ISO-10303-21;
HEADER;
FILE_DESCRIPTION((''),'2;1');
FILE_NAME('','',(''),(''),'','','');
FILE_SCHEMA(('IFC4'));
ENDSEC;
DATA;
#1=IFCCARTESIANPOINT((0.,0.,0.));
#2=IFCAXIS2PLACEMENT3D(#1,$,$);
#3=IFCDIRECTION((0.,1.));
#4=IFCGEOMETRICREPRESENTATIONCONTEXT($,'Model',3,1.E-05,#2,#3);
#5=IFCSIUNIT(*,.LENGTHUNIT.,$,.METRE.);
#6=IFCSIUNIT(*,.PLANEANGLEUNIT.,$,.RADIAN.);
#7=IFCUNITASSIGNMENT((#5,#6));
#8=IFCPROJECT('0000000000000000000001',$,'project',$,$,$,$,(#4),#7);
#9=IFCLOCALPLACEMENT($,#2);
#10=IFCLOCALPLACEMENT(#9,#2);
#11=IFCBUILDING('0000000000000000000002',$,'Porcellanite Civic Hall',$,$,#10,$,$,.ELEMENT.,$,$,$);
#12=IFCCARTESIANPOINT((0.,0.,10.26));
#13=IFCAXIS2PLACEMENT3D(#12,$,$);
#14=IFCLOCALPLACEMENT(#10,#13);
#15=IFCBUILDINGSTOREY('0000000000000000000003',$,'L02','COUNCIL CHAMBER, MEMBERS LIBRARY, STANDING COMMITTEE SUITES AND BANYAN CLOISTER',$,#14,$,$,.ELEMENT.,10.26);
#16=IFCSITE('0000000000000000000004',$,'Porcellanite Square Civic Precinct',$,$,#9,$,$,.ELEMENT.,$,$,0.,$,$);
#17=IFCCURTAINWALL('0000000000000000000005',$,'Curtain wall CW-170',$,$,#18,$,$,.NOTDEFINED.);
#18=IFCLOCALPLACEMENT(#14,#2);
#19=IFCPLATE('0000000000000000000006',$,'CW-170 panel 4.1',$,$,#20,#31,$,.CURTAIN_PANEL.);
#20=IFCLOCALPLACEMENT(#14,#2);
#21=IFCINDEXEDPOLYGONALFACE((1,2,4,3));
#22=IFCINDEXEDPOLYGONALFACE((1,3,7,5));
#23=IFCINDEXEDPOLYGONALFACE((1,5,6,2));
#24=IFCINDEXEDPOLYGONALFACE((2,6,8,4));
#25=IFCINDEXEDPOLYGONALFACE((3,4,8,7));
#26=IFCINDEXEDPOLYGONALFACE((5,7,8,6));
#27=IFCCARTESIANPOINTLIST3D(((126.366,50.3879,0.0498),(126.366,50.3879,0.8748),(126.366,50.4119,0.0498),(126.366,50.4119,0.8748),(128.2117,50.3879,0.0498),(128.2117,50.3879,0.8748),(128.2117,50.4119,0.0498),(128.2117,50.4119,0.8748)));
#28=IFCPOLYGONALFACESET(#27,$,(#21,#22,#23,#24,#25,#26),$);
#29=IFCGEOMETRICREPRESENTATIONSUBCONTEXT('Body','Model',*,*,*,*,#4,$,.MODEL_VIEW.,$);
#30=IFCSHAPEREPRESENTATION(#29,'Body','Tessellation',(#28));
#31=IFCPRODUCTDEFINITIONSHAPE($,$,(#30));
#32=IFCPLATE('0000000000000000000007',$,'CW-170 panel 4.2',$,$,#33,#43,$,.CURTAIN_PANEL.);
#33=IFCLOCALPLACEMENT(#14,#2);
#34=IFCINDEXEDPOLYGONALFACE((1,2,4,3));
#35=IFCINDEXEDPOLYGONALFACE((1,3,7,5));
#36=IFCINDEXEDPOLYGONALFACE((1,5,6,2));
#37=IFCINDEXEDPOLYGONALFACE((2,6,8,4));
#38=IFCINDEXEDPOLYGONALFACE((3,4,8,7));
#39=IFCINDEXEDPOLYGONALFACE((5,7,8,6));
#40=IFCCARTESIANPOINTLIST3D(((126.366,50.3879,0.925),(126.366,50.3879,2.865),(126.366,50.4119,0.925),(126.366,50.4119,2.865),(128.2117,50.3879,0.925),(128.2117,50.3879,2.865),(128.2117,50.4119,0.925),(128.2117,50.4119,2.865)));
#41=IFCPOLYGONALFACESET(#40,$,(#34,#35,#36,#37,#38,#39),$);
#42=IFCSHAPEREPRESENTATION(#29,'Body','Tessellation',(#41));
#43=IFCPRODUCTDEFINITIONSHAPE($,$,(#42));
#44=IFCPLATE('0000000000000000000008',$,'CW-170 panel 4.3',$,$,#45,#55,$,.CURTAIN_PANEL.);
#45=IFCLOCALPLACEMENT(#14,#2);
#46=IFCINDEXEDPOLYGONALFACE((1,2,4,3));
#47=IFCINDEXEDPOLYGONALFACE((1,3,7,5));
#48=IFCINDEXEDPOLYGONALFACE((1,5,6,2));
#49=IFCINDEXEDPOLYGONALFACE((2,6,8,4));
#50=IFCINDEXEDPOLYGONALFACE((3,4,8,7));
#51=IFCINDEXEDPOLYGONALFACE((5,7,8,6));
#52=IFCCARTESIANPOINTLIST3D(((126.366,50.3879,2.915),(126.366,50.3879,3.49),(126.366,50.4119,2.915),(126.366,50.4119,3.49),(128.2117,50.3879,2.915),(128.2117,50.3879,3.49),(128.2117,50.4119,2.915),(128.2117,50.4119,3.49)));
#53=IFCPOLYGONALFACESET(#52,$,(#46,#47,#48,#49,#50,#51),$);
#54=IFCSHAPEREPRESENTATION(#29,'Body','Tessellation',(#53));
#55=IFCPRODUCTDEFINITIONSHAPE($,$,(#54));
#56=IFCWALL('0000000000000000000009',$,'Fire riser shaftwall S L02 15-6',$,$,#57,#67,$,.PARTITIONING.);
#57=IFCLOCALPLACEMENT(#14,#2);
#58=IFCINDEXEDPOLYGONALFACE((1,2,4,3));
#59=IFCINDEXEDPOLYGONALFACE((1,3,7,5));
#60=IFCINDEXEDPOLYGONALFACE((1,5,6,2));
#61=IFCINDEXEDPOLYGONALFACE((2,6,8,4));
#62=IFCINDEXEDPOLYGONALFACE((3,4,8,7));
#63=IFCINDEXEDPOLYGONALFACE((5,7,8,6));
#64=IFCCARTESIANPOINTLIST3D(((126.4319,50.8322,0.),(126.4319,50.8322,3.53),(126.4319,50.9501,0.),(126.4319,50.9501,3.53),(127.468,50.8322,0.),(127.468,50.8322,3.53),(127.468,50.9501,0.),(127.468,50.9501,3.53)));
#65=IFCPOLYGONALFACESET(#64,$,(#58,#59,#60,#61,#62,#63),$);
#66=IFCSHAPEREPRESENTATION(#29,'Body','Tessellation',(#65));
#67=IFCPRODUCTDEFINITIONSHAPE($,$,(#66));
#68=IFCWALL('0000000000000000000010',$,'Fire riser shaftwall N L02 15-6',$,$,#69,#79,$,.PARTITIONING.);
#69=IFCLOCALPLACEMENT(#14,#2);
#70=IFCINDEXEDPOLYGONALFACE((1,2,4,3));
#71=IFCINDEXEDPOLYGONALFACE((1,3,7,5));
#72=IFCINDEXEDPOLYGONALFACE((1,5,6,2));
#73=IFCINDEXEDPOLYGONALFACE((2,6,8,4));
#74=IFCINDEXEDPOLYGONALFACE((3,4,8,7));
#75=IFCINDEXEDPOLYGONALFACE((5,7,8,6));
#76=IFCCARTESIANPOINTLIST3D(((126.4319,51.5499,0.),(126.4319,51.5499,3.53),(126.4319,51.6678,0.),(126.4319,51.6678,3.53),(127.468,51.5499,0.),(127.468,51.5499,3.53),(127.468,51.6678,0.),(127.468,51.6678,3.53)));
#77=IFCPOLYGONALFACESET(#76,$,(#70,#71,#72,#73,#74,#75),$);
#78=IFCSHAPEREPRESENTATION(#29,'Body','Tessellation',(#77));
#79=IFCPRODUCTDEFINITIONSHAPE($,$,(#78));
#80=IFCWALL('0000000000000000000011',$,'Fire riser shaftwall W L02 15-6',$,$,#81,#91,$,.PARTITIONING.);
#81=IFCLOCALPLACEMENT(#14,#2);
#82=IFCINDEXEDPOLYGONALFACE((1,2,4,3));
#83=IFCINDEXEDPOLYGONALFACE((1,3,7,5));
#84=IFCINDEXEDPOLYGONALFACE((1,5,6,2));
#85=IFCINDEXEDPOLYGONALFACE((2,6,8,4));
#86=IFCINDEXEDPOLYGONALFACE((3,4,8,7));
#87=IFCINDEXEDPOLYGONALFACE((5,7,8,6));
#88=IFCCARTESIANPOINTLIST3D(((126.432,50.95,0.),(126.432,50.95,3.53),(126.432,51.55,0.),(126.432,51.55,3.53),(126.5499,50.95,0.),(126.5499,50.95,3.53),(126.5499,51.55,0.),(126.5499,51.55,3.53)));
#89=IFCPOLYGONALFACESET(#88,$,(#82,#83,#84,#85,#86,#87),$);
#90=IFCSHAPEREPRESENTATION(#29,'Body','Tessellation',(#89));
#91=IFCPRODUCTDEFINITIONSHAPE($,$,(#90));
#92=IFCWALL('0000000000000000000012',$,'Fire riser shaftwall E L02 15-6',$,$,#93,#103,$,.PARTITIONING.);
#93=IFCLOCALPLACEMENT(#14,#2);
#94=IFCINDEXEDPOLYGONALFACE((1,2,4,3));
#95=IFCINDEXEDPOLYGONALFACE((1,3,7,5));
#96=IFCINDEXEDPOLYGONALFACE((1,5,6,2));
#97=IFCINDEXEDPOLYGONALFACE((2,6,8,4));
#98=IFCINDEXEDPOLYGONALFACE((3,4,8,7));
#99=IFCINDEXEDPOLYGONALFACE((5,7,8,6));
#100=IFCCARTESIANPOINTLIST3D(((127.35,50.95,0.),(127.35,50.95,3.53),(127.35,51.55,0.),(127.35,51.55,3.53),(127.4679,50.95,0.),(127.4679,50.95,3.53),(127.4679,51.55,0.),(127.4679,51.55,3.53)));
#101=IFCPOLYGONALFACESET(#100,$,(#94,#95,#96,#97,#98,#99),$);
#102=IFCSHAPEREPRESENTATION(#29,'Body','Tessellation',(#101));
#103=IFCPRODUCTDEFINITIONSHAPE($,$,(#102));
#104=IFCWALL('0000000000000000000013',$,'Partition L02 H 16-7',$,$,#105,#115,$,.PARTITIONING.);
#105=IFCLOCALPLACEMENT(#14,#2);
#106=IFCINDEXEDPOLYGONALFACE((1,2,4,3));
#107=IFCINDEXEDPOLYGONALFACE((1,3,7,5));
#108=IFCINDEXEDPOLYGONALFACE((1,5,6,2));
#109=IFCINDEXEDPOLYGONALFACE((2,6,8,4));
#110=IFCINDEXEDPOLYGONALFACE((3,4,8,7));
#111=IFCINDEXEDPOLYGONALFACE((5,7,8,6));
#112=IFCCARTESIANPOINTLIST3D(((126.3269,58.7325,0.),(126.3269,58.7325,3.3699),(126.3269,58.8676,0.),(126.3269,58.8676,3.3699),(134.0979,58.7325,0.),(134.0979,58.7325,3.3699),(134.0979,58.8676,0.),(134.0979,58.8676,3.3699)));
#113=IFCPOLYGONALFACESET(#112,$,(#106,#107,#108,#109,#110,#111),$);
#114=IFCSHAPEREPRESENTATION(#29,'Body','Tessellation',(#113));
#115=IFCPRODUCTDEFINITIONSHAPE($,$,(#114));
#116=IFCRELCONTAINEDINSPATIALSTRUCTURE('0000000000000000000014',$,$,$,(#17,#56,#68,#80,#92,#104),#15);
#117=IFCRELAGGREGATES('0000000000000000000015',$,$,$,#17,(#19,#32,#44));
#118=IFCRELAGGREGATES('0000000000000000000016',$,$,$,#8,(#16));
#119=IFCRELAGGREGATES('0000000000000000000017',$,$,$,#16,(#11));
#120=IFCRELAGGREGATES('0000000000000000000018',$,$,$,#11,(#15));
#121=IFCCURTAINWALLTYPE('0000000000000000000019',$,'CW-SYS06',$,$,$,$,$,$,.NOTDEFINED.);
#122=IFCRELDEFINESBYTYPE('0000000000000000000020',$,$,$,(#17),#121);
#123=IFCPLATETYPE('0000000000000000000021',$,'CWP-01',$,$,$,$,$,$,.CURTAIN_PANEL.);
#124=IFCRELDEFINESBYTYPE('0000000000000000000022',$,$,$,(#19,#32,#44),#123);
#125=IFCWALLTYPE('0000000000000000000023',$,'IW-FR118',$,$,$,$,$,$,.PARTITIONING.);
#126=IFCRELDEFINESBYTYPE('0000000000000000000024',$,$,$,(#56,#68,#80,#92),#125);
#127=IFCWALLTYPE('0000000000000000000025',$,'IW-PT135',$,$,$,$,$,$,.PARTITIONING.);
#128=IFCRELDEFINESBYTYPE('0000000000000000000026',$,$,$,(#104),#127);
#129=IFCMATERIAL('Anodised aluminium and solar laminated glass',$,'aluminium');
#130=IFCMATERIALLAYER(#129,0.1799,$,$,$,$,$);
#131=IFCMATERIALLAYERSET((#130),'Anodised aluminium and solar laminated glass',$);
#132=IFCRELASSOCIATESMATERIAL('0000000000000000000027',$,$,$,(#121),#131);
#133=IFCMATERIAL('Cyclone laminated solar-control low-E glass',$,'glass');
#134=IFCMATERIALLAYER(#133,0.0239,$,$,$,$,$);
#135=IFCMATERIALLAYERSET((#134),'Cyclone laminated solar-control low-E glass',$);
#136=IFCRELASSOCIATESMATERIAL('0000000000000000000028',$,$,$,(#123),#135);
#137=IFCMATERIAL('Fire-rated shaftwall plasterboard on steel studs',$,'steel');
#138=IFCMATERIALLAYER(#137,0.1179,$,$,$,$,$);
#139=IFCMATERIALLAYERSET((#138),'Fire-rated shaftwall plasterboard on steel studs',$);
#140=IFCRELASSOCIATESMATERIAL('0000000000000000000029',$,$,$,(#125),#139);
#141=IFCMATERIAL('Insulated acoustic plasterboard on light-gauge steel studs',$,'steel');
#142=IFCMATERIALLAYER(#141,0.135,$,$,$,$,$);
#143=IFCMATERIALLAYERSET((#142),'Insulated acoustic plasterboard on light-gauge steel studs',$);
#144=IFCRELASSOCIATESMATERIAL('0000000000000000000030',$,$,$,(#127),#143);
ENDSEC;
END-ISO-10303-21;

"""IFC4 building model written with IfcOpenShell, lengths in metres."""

from ifc_helpers import new_model, si_unit, direction, frame, frame_2d, origin, origin_2d, place, context, subcontext, project, spatial, rectangle, extrude, material, layer, layer_set, type_object, element, aggregate, save


model = new_model("IFC4")

# Units and contexts
model_context = context("Model", 3, precision=1e-05, world=origin(), true_north=direction((0.0, 1.0)))
body_context = subcontext(model_context, "Body", "Model", "MODEL_VIEW")
ifc_project = project(units=[si_unit("LENGTHUNIT", "METRE"), si_unit("PLANEANGLEUNIT", "RADIAN")], contexts=[model_context])

# Site, building, storey
site_placement = place(None, origin())
site = spatial("IfcSite", under=ifc_project, at=site_placement, Name="Porcellanite Square Civic Precinct", CompositionType="ELEMENT", RefElevation=0.0)
building_placement = place(site_placement, origin())
building = spatial("IfcBuilding", under=site, at=building_placement, Name="Porcellanite Civic Hall", CompositionType="ELEMENT")
storey_placement = place(building_placement, frame((0.0, 0.0, 10.26)))
storey = spatial("IfcBuildingStorey", under=building, at=storey_placement, Name="L02", Description="COUNCIL CHAMBER, MEMBERS LIBRARY, STANDING COMMITTEE SUITES AND BANYAN CLOISTER", CompositionType="ELEMENT", Elevation=10.26)

# Curtain wall
ifc_material_1 = material(Name="Anodised aluminium and solar laminated glass", Category="aluminium")
ifc_layer_1 = layer(ifc_material_1, 0.1799)
ifc_layer_set_1 = layer_set([ifc_layer_1], Name="Anodised aluminium and solar laminated glass")
curtain_wall_type = type_object("IfcCurtainWallType", Name="CW-SYS06", PredefinedType="NOTDEFINED", material=ifc_layer_set_1)
curtain_wall_placement = place(storey_placement, origin())
curtain_wall = element("IfcCurtainWall", 1, at=curtain_wall_placement, inside=storey, type_object=curtain_wall_type, Name="Curtain wall CW-170", PredefinedType="NOTDEFINED")

# Plates
ifc_material_2 = material(Name="Cyclone laminated solar-control low-E glass", Category="glass")
ifc_layer_2 = layer(ifc_material_2, 0.0239)
ifc_layer_set_2 = layer_set([ifc_layer_2], Name="Cyclone laminated solar-control low-E glass")
plate_type = type_object("IfcPlateType", Name="CWP-01", PredefinedType="CURTAIN_PANEL", material=ifc_layer_set_2)
plate_1_placement = place(storey_placement, frame((127.2888, 50.3999, 0.0498), z_axis=(0.0, 0.0, 1.0), x_axis=(-1.0, 0.0, 0.0)))
plate_1 = element("IfcPlate", 2, at=plate_1_placement, type_object=plate_type, Name="CW-170 panel 4.1", PredefinedType="CURTAIN_PANEL", context=body_context, shape_type="SweptSolid", body=[
    extrude(rectangle(XDim=1.8457, YDim=0.0239, at=origin_2d()), origin(), (0.0, 0.0, 1.0), 0.825),
])
plate_2_placement = place(storey_placement, frame((127.2888, 50.3999, 0.925), z_axis=(0.0, 0.0, 1.0), x_axis=(-1.0, 0.0, 0.0)))
plate_2 = element("IfcPlate", 3, at=plate_2_placement, type_object=plate_type, Name="CW-170 panel 4.2", PredefinedType="CURTAIN_PANEL", context=body_context, shape_type="SweptSolid", body=[
    extrude(rectangle(XDim=1.8457, YDim=0.0239, at=origin_2d()), origin(), (0.0, 0.0, 1.0), 1.9399),
])
plate_3_placement = place(storey_placement, frame((127.2888, 50.3999, 2.915), z_axis=(0.0, 0.0, 1.0), x_axis=(-1.0, 0.0, 0.0)))
plate_3 = element("IfcPlate", 4, at=plate_3_placement, type_object=plate_type, Name="CW-170 panel 4.3", PredefinedType="CURTAIN_PANEL", context=body_context, shape_type="SweptSolid", body=[
    extrude(rectangle(XDim=1.8457, YDim=0.0239, at=origin_2d()), origin(), (0.0, 0.0, 1.0), 0.575),
])
aggregate(curtain_wall, [plate_1, plate_2, plate_3])

# Walls
ifc_material_3 = material(Name="Fire-rated shaftwall plasterboard on steel studs", Category="steel")
ifc_layer_3 = layer(ifc_material_3, 0.1179)
ifc_layer_set_3 = layer_set([ifc_layer_3], Name="Fire-rated shaftwall plasterboard on steel studs")
wall_type_1 = type_object("IfcWallType", Name="IW-FR118", PredefinedType="PARTITIONING", material=ifc_layer_set_3)
for number, where, z_axis, x_axis, name in (
    (5, (126.4319, 50.8911, 0.0), (0.0, 0.0, 1.0), (1.0, 0.0, 0.0), "Fire riser shaftwall S L02 15-6"),
    (6, (126.4319, 51.6089, 0.0), (0.0, 0.0, 1.0), (1.0, 0.0, 0.0), "Fire riser shaftwall N L02 15-6"),
):
    element("IfcWall", number, at=place(storey_placement, frame(where, z_axis=z_axis, x_axis=x_axis)), inside=storey, type_object=wall_type_1, Name=name, PredefinedType="PARTITIONING", context=body_context, shape_type="SweptSolid", body=[
        extrude(rectangle(XDim=1.0361, YDim=0.1179, at=frame_2d((0.5181, 0.0))), origin(), (0.0, 0.0, 1.0), 3.53),
    ])
for number, where, z_axis, x_axis, name in (
    (7, (126.491, 50.95, 0.0), (0.0, 0.0, 1.0), (0.0, 1.0, 0.0), "Fire riser shaftwall W L02 15-6"),
    (8, (127.4089, 50.95, 0.0), (0.0, 0.0, 1.0), (0.0, 1.0, 0.0), "Fire riser shaftwall E L02 15-6"),
):
    element("IfcWall", number, at=place(storey_placement, frame(where, z_axis=z_axis, x_axis=x_axis)), inside=storey, type_object=wall_type_1, Name=name, PredefinedType="PARTITIONING", context=body_context, shape_type="SweptSolid", body=[
        extrude(rectangle(XDim=0.6001, YDim=0.1179, at=frame_2d((0.3, 0.0))), origin(), (0.0, 0.0, 1.0), 3.53),
    ])
ifc_material_4 = material(Name="Insulated acoustic plasterboard on light-gauge steel studs", Category="steel")
ifc_layer_4 = layer(ifc_material_4, 0.135)
ifc_layer_set_4 = layer_set([ifc_layer_4], Name="Insulated acoustic plasterboard on light-gauge steel studs")
wall_type_2 = type_object("IfcWallType", Name="IW-PT135", PredefinedType="PARTITIONING", material=ifc_layer_set_4)
wall_placement = place(storey_placement, frame((126.3269, 58.8, 0.0), z_axis=(0.0, 0.0, 1.0), x_axis=(1.0, 0.0, 0.0)))
element("IfcWall", 9, at=wall_placement, inside=storey, type_object=wall_type_2, Name="Partition L02 H 16-7", PredefinedType="PARTITIONING", context=body_context, shape_type="SweptSolid", body=[
    extrude(rectangle(XDim=7.771, YDim=0.135, at=frame_2d((3.8855, 0.0))), origin(), (0.0, 0.0, 1.0), 3.3699),
])

save(model, "model.ifc")
